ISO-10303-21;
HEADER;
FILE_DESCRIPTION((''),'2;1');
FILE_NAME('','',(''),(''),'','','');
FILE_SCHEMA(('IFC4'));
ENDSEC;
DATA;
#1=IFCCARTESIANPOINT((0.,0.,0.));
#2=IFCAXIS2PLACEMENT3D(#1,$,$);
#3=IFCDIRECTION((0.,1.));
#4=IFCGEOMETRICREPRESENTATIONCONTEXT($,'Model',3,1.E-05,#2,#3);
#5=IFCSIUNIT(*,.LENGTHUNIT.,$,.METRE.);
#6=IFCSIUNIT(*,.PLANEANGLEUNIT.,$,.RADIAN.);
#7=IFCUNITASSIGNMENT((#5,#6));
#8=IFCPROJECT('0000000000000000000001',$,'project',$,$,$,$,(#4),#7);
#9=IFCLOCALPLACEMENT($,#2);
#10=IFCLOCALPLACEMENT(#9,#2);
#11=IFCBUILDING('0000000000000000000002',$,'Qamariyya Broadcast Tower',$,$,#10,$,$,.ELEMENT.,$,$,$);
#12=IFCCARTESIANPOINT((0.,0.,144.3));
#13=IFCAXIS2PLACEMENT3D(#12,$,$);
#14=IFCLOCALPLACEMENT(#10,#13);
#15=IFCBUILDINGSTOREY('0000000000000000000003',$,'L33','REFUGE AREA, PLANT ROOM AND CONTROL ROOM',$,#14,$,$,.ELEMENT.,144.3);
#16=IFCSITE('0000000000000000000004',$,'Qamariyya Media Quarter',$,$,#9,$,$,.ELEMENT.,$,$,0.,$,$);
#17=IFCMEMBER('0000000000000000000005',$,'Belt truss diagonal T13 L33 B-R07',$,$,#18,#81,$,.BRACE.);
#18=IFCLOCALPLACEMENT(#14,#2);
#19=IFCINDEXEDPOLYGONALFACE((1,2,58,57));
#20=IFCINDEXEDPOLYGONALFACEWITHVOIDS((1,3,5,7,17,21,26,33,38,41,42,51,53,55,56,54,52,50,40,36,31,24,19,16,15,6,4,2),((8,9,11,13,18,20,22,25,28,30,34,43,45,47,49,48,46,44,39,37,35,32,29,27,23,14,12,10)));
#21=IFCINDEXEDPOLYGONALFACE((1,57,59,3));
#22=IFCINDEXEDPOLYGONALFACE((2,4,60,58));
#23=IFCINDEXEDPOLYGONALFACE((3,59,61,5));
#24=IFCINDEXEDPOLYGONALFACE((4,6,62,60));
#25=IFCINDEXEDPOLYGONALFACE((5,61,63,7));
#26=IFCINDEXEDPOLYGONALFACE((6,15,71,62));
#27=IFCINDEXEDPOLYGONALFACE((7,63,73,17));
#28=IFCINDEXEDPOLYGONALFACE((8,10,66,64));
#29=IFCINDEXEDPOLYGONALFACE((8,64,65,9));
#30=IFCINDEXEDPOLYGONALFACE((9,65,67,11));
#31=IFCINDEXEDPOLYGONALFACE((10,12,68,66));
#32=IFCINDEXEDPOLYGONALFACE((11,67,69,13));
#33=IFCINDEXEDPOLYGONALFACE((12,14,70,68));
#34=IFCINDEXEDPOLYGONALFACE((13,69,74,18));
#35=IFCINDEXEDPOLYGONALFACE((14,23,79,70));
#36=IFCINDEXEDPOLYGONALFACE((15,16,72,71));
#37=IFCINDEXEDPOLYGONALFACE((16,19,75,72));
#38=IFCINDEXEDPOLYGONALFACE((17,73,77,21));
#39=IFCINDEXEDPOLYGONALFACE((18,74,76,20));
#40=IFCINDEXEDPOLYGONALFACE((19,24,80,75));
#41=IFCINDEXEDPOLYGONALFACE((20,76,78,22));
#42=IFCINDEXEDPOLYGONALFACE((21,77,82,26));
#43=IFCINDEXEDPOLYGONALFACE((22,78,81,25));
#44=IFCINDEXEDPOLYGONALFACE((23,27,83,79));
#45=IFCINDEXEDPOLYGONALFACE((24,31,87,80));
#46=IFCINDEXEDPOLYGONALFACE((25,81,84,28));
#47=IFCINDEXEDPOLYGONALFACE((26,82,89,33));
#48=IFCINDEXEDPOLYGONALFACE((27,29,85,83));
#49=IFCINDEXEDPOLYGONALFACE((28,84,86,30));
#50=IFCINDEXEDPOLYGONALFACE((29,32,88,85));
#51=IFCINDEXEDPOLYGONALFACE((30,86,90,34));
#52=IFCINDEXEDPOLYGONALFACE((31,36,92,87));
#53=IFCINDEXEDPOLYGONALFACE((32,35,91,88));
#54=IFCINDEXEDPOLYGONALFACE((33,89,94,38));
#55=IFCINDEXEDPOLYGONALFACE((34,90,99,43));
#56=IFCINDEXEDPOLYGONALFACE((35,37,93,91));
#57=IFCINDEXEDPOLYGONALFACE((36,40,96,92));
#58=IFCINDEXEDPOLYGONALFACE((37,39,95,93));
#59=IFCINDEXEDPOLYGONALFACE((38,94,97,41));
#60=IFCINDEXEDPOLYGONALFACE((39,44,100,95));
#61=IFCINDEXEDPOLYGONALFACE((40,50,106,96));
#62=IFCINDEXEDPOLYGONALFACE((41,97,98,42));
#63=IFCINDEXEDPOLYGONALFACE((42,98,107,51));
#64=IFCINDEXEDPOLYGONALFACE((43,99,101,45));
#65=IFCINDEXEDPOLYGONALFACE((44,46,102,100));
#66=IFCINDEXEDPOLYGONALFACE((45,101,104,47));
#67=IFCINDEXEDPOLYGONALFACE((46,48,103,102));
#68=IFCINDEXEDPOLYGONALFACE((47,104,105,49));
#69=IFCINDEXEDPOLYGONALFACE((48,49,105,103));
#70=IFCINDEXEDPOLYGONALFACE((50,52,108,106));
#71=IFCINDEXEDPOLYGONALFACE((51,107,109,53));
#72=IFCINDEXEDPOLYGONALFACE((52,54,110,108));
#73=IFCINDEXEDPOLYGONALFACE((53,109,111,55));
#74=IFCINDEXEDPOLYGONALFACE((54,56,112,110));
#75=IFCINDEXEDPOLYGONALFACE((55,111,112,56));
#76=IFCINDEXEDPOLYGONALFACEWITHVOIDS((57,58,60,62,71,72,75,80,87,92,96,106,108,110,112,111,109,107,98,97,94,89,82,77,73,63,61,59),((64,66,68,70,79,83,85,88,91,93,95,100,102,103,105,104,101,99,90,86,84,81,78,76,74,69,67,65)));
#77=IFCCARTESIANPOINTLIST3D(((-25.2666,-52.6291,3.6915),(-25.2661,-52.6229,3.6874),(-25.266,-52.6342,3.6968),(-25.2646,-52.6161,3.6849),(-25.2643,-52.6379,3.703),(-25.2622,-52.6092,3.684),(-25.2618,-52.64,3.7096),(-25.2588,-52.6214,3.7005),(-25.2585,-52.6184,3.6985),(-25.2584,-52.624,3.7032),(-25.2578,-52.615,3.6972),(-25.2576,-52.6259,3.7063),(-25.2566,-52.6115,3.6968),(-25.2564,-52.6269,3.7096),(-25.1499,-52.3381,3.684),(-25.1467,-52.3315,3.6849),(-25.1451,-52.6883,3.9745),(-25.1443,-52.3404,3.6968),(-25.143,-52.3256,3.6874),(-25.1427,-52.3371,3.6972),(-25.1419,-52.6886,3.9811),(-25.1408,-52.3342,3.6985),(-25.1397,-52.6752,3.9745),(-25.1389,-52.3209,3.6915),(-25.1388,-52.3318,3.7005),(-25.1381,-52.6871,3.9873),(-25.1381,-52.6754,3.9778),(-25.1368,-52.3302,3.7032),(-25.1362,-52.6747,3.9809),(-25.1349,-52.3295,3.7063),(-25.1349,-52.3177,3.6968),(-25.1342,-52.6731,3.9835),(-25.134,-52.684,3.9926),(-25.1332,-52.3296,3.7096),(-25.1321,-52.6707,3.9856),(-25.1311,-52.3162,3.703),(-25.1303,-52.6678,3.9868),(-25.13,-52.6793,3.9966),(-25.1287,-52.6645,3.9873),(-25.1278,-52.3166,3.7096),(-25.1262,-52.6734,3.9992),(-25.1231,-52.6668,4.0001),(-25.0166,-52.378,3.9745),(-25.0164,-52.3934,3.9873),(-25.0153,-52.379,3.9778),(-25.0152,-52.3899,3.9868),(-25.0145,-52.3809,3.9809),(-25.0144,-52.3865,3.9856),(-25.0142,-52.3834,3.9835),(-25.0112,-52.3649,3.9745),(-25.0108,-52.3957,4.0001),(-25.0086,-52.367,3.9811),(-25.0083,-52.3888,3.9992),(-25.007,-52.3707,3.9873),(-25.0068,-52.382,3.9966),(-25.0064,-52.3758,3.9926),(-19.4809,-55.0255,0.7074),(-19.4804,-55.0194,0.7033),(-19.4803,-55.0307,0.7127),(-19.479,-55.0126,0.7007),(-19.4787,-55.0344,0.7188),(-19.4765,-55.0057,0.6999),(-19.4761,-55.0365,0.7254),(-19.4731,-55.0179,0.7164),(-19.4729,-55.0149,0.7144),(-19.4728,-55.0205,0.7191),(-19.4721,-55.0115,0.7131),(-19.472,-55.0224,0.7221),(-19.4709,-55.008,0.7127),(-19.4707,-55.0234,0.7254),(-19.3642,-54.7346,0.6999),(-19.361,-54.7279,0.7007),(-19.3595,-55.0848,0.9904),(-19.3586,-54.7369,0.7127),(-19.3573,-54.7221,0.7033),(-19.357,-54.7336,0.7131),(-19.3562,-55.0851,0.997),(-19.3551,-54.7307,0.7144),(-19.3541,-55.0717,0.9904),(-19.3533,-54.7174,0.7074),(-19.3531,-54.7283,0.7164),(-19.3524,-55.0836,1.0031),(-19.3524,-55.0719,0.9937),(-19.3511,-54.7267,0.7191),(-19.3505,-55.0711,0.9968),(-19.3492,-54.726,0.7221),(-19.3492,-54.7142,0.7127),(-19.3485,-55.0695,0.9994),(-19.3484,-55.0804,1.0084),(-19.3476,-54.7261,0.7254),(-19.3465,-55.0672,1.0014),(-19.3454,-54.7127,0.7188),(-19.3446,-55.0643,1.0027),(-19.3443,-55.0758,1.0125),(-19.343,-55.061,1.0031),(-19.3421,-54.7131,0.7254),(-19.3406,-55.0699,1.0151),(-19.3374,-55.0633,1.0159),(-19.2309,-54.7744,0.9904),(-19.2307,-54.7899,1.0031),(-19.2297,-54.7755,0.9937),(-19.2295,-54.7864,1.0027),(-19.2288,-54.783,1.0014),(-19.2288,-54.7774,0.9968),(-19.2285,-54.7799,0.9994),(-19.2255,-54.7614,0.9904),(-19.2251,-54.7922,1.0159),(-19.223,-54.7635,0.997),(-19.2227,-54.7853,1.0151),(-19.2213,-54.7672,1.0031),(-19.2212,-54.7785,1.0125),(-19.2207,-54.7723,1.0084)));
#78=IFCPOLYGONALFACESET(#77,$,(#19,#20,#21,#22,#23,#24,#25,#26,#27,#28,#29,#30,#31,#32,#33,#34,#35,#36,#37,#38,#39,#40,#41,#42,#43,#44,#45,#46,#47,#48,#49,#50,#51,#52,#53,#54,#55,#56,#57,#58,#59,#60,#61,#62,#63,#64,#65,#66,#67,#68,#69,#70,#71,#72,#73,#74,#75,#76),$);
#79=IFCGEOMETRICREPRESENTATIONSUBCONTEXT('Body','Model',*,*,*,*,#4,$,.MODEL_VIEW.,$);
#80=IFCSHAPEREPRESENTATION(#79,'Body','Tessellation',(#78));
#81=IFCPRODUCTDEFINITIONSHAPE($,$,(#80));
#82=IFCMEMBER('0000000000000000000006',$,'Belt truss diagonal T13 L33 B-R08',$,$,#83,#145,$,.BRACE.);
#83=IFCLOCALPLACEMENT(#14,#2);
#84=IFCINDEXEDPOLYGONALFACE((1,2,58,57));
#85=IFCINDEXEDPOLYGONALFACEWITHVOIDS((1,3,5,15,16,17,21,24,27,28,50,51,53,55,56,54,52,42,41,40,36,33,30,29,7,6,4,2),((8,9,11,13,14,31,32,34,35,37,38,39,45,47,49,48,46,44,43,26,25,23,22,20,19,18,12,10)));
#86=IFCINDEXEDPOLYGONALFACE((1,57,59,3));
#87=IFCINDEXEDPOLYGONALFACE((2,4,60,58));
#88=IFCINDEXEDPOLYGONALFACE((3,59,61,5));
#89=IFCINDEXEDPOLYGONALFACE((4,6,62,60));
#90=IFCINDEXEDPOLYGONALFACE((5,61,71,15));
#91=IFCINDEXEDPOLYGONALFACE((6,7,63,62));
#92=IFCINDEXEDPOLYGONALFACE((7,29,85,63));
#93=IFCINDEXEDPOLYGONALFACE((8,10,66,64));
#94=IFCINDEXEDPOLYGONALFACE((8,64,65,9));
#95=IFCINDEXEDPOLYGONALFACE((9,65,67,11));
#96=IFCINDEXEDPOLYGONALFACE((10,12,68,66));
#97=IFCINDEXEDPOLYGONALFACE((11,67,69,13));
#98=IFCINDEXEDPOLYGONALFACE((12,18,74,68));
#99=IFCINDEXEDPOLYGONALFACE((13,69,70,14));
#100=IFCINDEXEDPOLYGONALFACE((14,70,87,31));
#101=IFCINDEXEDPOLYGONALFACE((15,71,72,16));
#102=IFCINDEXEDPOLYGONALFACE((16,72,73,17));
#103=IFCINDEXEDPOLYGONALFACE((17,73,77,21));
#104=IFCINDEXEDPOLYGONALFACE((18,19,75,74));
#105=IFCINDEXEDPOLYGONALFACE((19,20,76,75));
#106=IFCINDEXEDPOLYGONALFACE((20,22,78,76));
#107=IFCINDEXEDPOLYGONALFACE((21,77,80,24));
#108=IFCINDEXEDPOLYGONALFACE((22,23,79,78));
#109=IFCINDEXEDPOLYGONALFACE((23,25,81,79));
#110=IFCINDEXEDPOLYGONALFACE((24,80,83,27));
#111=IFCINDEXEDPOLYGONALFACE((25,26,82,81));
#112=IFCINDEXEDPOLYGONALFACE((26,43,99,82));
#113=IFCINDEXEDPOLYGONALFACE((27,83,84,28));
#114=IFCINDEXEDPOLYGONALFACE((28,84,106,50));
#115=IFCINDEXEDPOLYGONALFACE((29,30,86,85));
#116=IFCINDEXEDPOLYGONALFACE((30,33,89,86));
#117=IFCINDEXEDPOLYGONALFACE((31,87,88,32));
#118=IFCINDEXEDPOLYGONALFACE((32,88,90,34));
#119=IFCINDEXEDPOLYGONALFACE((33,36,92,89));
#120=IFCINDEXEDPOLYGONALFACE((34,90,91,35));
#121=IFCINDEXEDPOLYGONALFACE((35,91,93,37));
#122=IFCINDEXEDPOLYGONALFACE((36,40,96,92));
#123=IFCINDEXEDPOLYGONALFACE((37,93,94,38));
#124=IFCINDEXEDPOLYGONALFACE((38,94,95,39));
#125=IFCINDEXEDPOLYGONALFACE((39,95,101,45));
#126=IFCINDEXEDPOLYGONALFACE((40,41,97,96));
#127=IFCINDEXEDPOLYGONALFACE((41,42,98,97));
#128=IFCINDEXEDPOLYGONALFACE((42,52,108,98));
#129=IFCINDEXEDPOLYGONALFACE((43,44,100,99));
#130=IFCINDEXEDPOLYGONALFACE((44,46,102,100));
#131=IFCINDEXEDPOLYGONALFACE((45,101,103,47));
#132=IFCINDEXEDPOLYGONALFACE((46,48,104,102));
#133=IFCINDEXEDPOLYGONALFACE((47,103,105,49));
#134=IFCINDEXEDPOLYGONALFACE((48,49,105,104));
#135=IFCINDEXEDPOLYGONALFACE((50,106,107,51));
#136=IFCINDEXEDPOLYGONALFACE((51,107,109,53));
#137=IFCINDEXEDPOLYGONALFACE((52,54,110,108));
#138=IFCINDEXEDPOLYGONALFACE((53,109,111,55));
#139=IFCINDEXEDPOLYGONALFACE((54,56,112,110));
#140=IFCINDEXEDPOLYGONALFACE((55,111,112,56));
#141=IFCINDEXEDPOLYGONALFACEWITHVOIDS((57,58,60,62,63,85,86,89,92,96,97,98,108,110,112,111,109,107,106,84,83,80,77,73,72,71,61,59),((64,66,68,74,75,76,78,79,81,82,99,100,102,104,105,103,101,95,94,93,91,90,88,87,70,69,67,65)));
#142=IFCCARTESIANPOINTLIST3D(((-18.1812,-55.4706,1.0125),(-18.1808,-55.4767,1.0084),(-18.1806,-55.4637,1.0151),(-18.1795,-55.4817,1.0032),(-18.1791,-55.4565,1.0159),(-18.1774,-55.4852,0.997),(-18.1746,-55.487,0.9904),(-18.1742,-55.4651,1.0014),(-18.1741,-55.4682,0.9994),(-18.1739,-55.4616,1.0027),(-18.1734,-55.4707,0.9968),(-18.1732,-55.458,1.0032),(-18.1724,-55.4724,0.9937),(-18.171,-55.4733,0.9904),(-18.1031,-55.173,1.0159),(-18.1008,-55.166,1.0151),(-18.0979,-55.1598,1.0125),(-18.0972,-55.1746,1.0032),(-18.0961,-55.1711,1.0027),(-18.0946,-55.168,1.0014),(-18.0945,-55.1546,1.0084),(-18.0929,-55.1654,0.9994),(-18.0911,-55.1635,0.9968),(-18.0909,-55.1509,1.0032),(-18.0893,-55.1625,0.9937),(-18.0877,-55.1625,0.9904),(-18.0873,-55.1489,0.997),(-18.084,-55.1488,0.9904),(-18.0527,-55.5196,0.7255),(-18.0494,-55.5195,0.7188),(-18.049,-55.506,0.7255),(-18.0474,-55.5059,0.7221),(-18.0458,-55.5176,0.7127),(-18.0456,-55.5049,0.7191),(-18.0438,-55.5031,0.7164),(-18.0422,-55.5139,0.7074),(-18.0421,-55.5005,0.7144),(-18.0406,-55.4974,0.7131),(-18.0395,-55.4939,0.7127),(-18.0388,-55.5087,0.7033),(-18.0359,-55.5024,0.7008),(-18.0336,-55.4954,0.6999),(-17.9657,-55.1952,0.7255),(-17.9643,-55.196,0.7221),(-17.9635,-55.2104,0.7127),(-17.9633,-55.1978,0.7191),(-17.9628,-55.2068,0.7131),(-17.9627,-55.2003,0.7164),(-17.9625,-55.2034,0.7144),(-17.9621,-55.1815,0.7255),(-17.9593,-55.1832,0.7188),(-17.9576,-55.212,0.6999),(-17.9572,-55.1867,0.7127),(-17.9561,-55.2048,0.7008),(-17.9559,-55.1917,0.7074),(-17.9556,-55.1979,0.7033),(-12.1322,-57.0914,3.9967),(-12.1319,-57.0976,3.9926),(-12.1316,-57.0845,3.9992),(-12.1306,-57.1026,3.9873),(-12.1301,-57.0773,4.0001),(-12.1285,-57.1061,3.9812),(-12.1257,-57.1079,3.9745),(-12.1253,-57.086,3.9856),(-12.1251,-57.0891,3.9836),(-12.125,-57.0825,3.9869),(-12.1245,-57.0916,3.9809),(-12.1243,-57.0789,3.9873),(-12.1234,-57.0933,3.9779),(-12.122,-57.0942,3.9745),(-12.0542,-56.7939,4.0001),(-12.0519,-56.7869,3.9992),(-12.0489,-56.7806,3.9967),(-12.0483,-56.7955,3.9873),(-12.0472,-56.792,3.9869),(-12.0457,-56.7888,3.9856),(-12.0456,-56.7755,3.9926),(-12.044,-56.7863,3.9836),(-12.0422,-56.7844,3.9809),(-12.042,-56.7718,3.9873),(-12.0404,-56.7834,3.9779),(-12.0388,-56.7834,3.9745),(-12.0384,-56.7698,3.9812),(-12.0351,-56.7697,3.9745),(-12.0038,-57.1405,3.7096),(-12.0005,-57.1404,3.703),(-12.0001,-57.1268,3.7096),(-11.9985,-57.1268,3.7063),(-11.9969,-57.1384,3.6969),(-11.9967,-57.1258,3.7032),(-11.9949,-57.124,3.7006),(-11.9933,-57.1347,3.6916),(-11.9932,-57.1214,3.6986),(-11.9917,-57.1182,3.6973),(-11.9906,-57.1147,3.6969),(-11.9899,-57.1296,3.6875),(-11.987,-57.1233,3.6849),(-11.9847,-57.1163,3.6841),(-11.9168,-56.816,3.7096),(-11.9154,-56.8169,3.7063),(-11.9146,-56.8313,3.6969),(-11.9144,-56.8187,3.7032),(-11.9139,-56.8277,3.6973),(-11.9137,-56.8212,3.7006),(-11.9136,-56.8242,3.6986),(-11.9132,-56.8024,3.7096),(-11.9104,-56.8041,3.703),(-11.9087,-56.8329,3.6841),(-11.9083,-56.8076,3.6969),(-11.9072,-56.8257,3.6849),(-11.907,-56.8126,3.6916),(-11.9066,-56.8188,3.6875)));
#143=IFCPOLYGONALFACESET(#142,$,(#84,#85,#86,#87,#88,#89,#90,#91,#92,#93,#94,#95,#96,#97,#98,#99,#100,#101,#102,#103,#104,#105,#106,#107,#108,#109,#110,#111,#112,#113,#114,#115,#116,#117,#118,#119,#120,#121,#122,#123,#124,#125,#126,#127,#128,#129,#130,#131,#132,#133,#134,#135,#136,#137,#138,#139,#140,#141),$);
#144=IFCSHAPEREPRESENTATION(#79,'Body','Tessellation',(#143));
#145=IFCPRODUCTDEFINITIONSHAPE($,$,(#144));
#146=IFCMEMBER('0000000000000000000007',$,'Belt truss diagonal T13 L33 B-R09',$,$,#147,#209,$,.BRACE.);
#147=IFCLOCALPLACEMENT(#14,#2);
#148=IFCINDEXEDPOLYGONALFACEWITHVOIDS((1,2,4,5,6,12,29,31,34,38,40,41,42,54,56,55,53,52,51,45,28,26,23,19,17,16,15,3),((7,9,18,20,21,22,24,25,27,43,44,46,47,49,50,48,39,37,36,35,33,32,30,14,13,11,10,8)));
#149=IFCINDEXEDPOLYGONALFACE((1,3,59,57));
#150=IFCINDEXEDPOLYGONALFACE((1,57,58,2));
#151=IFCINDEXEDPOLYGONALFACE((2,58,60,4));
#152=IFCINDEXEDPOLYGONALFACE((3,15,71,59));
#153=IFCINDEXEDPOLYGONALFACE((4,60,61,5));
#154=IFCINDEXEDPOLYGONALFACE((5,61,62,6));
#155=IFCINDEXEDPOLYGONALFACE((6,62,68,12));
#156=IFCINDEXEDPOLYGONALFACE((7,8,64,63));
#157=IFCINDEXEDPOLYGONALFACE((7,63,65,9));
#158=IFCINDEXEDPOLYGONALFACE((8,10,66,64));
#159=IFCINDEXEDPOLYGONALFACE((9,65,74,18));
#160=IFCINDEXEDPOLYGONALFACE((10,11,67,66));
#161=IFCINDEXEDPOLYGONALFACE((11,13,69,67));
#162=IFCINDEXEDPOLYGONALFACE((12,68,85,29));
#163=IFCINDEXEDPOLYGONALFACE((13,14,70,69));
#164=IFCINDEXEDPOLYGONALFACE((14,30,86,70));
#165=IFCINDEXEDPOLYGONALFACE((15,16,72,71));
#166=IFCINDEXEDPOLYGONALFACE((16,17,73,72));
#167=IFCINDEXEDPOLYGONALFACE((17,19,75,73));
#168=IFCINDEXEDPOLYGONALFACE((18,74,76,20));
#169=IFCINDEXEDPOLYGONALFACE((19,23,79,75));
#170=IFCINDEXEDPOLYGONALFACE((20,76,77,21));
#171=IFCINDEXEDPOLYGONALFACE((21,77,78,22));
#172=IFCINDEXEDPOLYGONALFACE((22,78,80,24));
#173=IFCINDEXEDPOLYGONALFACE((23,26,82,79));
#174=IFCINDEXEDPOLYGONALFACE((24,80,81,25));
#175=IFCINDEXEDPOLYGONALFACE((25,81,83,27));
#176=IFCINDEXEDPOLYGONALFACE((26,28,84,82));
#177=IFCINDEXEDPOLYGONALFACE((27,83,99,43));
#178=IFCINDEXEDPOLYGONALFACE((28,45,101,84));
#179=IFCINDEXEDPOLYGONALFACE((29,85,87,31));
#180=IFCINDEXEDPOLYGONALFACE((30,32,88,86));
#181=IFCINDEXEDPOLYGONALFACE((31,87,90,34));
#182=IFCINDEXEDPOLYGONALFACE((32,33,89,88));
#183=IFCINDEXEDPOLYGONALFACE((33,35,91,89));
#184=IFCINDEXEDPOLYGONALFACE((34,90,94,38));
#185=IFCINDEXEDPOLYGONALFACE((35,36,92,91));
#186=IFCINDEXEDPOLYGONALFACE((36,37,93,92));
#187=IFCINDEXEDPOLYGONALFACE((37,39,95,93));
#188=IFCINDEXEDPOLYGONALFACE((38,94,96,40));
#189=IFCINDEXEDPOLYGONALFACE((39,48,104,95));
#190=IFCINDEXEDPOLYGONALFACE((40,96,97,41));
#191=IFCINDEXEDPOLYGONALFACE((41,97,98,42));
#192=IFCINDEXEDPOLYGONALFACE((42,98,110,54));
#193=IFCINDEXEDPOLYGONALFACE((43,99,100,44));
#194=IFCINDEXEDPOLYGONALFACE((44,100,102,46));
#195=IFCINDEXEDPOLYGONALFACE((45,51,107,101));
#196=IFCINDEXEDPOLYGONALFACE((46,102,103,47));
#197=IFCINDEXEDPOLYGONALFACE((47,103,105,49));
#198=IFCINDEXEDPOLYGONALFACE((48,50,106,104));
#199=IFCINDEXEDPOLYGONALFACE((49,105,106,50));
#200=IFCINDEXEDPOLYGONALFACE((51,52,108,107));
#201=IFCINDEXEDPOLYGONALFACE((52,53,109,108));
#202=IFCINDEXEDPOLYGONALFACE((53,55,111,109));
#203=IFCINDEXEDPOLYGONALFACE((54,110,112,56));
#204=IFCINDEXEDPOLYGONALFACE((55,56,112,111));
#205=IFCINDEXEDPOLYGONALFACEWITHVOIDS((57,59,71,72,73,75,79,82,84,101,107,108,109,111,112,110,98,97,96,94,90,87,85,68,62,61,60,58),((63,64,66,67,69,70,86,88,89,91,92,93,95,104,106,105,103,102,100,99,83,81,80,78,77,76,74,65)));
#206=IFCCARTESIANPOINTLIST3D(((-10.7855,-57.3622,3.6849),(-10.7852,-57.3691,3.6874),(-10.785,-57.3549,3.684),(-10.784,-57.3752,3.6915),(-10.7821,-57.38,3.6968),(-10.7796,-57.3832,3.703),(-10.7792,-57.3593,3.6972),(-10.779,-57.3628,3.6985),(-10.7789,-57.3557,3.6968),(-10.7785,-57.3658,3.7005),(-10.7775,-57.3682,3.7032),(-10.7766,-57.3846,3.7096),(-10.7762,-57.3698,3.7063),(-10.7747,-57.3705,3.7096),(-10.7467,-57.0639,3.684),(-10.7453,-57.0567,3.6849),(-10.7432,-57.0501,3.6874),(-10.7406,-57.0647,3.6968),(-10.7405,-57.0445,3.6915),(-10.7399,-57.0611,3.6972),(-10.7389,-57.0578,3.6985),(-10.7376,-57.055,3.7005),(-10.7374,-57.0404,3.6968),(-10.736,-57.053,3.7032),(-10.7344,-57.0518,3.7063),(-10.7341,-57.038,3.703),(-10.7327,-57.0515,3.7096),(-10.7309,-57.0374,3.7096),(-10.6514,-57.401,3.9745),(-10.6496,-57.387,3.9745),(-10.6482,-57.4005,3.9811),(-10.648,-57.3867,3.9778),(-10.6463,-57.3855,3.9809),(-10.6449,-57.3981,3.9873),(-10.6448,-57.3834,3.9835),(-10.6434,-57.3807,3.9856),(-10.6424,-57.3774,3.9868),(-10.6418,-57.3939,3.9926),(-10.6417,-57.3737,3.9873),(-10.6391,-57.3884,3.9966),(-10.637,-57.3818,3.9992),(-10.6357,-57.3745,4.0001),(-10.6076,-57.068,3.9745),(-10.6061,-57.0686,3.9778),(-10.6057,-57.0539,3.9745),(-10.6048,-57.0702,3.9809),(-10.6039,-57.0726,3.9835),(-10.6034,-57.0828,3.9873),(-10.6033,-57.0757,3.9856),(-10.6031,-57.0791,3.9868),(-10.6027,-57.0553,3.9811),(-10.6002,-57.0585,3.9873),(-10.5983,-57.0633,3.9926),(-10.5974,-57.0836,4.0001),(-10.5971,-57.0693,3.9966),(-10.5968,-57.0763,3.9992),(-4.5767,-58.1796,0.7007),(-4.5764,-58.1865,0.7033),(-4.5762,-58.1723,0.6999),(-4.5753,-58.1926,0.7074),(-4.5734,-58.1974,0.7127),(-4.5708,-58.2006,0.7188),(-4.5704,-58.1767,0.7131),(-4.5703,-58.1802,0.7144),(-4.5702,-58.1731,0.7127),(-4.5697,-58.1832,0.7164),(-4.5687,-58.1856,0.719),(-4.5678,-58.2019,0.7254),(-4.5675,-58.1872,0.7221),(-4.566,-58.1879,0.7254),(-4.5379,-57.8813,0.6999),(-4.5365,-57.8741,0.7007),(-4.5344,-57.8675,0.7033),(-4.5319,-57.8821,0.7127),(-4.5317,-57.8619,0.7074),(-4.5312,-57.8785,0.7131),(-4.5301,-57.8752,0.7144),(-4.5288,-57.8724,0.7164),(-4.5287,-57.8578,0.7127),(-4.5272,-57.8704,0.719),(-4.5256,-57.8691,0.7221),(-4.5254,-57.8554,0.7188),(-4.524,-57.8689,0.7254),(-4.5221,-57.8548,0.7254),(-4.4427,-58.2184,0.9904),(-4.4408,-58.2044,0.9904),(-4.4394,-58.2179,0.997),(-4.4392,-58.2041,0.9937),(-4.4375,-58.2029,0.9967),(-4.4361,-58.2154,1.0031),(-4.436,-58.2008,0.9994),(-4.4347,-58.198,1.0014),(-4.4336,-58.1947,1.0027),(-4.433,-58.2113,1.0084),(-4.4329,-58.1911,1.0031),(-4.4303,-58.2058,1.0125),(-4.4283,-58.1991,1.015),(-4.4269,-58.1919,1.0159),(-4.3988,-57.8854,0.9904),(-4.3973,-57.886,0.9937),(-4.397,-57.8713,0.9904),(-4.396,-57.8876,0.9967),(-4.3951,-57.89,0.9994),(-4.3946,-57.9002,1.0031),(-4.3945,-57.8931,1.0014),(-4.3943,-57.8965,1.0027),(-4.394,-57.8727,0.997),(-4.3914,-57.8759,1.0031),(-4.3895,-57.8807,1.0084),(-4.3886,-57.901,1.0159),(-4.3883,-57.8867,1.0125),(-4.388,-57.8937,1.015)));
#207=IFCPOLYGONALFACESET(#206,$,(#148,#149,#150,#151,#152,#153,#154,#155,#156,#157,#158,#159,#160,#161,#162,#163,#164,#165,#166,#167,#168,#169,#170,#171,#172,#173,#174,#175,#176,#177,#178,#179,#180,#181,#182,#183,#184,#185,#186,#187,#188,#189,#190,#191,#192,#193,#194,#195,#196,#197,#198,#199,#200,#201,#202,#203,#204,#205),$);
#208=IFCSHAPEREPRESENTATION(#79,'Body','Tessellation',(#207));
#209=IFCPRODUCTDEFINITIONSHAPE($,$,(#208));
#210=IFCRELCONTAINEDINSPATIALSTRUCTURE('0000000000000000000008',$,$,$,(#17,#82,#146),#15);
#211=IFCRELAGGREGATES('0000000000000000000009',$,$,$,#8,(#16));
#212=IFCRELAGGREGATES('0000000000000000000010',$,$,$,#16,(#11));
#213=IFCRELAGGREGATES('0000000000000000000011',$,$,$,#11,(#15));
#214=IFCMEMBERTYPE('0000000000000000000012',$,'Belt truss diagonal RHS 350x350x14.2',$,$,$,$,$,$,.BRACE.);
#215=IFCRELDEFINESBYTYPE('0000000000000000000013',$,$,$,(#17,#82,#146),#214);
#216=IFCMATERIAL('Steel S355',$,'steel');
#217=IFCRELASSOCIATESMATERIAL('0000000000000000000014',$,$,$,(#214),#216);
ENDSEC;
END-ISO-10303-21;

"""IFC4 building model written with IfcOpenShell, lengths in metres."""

from ifc_helpers import new_model, si_unit, direction, frame, origin, origin_2d, place, context, subcontext, project, spatial, hollow_rectangle, extrude, material, material_profile, profile_set, type_object, element, save


model = new_model("IFC4")

# Units and contexts
model_context = context("Model", 3, precision=1e-05, world=origin(), true_north=direction((0.0, 1.0)))
body_context = subcontext(model_context, "Body", "Model", "MODEL_VIEW")
ifc_project = project(units=[si_unit("LENGTHUNIT", "METRE"), si_unit("PLANEANGLEUNIT", "RADIAN")], contexts=[model_context])

# Site, building, storey
site_placement = place(None, origin())
site = spatial("IfcSite", under=ifc_project, at=site_placement, Name="Qamariyya Media Quarter", CompositionType="ELEMENT", RefElevation=0.0)
building_placement = place(site_placement, origin())
building = spatial("IfcBuilding", under=site, at=building_placement, Name="Qamariyya Broadcast Tower", CompositionType="ELEMENT")
storey_placement = place(building_placement, frame((0.0, 0.0, 144.3)))
storey = spatial("IfcBuildingStorey", under=building, at=storey_placement, Name="L33", Description="REFUGE AREA, PLANT ROOM AND CONTROL ROOM", CompositionType="ELEMENT", Elevation=144.3)

# Members
ifc_material_1 = material(Name="Steel S355", Category="steel")
ifc_material_profile_1 = material_profile(ifc_material_1, hollow_rectangle(XDim=0.3501, YDim=0.3501, WallThickness=0.0142, InnerFilletRadius=0.0142, OuterFilletRadius=0.0283, at=origin_2d()))
ifc_profile_set_1 = profile_set([ifc_material_profile_1], Name="Steel S355")
member_type_1 = type_object("IfcMemberType", Name="Belt truss diagonal RHS 350x350x14.2", PredefinedType="BRACE", material=ifc_profile_set_1)
for number, where, z_axis, x_axis, name in (
    (1, (-25.1365, -52.5024, 3.842), (0.834028, -0.345464, -0.430176), (0.382682, 0.92388, 0.0), "Belt truss diagonal T13 L33 B-R07"),
    (2, (-18.0684, -55.3342, 0.8579), (0.871979, -0.233656, 0.430183), (0.25883, 0.965923, 0.0), "Belt truss diagonal T13 L33 B-R08"),
    (3, (-10.6912, -57.2192, 3.842), (0.895021, -0.11783, -0.430178), (0.130524, 0.991445, 0.0), "Belt truss diagonal T13 L33 B-R09"),
):
    element("IfcMember", number, at=place(storey_placement, frame(where, z_axis=z_axis, x_axis=x_axis)), inside=storey, type_object=member_type_1, Name=name, PredefinedType="BRACE", context=body_context, shape_type="SweptSolid", body=[
        extrude(hollow_rectangle(XDim=0.3501, YDim=0.3501, WallThickness=0.0142, InnerFilletRadius=0.0142, OuterFilletRadius=0.0283, at=origin_2d()), origin(), (0.0, 0.0, 1.0), 6.937),
    ])

save(model, "model.ifc")
